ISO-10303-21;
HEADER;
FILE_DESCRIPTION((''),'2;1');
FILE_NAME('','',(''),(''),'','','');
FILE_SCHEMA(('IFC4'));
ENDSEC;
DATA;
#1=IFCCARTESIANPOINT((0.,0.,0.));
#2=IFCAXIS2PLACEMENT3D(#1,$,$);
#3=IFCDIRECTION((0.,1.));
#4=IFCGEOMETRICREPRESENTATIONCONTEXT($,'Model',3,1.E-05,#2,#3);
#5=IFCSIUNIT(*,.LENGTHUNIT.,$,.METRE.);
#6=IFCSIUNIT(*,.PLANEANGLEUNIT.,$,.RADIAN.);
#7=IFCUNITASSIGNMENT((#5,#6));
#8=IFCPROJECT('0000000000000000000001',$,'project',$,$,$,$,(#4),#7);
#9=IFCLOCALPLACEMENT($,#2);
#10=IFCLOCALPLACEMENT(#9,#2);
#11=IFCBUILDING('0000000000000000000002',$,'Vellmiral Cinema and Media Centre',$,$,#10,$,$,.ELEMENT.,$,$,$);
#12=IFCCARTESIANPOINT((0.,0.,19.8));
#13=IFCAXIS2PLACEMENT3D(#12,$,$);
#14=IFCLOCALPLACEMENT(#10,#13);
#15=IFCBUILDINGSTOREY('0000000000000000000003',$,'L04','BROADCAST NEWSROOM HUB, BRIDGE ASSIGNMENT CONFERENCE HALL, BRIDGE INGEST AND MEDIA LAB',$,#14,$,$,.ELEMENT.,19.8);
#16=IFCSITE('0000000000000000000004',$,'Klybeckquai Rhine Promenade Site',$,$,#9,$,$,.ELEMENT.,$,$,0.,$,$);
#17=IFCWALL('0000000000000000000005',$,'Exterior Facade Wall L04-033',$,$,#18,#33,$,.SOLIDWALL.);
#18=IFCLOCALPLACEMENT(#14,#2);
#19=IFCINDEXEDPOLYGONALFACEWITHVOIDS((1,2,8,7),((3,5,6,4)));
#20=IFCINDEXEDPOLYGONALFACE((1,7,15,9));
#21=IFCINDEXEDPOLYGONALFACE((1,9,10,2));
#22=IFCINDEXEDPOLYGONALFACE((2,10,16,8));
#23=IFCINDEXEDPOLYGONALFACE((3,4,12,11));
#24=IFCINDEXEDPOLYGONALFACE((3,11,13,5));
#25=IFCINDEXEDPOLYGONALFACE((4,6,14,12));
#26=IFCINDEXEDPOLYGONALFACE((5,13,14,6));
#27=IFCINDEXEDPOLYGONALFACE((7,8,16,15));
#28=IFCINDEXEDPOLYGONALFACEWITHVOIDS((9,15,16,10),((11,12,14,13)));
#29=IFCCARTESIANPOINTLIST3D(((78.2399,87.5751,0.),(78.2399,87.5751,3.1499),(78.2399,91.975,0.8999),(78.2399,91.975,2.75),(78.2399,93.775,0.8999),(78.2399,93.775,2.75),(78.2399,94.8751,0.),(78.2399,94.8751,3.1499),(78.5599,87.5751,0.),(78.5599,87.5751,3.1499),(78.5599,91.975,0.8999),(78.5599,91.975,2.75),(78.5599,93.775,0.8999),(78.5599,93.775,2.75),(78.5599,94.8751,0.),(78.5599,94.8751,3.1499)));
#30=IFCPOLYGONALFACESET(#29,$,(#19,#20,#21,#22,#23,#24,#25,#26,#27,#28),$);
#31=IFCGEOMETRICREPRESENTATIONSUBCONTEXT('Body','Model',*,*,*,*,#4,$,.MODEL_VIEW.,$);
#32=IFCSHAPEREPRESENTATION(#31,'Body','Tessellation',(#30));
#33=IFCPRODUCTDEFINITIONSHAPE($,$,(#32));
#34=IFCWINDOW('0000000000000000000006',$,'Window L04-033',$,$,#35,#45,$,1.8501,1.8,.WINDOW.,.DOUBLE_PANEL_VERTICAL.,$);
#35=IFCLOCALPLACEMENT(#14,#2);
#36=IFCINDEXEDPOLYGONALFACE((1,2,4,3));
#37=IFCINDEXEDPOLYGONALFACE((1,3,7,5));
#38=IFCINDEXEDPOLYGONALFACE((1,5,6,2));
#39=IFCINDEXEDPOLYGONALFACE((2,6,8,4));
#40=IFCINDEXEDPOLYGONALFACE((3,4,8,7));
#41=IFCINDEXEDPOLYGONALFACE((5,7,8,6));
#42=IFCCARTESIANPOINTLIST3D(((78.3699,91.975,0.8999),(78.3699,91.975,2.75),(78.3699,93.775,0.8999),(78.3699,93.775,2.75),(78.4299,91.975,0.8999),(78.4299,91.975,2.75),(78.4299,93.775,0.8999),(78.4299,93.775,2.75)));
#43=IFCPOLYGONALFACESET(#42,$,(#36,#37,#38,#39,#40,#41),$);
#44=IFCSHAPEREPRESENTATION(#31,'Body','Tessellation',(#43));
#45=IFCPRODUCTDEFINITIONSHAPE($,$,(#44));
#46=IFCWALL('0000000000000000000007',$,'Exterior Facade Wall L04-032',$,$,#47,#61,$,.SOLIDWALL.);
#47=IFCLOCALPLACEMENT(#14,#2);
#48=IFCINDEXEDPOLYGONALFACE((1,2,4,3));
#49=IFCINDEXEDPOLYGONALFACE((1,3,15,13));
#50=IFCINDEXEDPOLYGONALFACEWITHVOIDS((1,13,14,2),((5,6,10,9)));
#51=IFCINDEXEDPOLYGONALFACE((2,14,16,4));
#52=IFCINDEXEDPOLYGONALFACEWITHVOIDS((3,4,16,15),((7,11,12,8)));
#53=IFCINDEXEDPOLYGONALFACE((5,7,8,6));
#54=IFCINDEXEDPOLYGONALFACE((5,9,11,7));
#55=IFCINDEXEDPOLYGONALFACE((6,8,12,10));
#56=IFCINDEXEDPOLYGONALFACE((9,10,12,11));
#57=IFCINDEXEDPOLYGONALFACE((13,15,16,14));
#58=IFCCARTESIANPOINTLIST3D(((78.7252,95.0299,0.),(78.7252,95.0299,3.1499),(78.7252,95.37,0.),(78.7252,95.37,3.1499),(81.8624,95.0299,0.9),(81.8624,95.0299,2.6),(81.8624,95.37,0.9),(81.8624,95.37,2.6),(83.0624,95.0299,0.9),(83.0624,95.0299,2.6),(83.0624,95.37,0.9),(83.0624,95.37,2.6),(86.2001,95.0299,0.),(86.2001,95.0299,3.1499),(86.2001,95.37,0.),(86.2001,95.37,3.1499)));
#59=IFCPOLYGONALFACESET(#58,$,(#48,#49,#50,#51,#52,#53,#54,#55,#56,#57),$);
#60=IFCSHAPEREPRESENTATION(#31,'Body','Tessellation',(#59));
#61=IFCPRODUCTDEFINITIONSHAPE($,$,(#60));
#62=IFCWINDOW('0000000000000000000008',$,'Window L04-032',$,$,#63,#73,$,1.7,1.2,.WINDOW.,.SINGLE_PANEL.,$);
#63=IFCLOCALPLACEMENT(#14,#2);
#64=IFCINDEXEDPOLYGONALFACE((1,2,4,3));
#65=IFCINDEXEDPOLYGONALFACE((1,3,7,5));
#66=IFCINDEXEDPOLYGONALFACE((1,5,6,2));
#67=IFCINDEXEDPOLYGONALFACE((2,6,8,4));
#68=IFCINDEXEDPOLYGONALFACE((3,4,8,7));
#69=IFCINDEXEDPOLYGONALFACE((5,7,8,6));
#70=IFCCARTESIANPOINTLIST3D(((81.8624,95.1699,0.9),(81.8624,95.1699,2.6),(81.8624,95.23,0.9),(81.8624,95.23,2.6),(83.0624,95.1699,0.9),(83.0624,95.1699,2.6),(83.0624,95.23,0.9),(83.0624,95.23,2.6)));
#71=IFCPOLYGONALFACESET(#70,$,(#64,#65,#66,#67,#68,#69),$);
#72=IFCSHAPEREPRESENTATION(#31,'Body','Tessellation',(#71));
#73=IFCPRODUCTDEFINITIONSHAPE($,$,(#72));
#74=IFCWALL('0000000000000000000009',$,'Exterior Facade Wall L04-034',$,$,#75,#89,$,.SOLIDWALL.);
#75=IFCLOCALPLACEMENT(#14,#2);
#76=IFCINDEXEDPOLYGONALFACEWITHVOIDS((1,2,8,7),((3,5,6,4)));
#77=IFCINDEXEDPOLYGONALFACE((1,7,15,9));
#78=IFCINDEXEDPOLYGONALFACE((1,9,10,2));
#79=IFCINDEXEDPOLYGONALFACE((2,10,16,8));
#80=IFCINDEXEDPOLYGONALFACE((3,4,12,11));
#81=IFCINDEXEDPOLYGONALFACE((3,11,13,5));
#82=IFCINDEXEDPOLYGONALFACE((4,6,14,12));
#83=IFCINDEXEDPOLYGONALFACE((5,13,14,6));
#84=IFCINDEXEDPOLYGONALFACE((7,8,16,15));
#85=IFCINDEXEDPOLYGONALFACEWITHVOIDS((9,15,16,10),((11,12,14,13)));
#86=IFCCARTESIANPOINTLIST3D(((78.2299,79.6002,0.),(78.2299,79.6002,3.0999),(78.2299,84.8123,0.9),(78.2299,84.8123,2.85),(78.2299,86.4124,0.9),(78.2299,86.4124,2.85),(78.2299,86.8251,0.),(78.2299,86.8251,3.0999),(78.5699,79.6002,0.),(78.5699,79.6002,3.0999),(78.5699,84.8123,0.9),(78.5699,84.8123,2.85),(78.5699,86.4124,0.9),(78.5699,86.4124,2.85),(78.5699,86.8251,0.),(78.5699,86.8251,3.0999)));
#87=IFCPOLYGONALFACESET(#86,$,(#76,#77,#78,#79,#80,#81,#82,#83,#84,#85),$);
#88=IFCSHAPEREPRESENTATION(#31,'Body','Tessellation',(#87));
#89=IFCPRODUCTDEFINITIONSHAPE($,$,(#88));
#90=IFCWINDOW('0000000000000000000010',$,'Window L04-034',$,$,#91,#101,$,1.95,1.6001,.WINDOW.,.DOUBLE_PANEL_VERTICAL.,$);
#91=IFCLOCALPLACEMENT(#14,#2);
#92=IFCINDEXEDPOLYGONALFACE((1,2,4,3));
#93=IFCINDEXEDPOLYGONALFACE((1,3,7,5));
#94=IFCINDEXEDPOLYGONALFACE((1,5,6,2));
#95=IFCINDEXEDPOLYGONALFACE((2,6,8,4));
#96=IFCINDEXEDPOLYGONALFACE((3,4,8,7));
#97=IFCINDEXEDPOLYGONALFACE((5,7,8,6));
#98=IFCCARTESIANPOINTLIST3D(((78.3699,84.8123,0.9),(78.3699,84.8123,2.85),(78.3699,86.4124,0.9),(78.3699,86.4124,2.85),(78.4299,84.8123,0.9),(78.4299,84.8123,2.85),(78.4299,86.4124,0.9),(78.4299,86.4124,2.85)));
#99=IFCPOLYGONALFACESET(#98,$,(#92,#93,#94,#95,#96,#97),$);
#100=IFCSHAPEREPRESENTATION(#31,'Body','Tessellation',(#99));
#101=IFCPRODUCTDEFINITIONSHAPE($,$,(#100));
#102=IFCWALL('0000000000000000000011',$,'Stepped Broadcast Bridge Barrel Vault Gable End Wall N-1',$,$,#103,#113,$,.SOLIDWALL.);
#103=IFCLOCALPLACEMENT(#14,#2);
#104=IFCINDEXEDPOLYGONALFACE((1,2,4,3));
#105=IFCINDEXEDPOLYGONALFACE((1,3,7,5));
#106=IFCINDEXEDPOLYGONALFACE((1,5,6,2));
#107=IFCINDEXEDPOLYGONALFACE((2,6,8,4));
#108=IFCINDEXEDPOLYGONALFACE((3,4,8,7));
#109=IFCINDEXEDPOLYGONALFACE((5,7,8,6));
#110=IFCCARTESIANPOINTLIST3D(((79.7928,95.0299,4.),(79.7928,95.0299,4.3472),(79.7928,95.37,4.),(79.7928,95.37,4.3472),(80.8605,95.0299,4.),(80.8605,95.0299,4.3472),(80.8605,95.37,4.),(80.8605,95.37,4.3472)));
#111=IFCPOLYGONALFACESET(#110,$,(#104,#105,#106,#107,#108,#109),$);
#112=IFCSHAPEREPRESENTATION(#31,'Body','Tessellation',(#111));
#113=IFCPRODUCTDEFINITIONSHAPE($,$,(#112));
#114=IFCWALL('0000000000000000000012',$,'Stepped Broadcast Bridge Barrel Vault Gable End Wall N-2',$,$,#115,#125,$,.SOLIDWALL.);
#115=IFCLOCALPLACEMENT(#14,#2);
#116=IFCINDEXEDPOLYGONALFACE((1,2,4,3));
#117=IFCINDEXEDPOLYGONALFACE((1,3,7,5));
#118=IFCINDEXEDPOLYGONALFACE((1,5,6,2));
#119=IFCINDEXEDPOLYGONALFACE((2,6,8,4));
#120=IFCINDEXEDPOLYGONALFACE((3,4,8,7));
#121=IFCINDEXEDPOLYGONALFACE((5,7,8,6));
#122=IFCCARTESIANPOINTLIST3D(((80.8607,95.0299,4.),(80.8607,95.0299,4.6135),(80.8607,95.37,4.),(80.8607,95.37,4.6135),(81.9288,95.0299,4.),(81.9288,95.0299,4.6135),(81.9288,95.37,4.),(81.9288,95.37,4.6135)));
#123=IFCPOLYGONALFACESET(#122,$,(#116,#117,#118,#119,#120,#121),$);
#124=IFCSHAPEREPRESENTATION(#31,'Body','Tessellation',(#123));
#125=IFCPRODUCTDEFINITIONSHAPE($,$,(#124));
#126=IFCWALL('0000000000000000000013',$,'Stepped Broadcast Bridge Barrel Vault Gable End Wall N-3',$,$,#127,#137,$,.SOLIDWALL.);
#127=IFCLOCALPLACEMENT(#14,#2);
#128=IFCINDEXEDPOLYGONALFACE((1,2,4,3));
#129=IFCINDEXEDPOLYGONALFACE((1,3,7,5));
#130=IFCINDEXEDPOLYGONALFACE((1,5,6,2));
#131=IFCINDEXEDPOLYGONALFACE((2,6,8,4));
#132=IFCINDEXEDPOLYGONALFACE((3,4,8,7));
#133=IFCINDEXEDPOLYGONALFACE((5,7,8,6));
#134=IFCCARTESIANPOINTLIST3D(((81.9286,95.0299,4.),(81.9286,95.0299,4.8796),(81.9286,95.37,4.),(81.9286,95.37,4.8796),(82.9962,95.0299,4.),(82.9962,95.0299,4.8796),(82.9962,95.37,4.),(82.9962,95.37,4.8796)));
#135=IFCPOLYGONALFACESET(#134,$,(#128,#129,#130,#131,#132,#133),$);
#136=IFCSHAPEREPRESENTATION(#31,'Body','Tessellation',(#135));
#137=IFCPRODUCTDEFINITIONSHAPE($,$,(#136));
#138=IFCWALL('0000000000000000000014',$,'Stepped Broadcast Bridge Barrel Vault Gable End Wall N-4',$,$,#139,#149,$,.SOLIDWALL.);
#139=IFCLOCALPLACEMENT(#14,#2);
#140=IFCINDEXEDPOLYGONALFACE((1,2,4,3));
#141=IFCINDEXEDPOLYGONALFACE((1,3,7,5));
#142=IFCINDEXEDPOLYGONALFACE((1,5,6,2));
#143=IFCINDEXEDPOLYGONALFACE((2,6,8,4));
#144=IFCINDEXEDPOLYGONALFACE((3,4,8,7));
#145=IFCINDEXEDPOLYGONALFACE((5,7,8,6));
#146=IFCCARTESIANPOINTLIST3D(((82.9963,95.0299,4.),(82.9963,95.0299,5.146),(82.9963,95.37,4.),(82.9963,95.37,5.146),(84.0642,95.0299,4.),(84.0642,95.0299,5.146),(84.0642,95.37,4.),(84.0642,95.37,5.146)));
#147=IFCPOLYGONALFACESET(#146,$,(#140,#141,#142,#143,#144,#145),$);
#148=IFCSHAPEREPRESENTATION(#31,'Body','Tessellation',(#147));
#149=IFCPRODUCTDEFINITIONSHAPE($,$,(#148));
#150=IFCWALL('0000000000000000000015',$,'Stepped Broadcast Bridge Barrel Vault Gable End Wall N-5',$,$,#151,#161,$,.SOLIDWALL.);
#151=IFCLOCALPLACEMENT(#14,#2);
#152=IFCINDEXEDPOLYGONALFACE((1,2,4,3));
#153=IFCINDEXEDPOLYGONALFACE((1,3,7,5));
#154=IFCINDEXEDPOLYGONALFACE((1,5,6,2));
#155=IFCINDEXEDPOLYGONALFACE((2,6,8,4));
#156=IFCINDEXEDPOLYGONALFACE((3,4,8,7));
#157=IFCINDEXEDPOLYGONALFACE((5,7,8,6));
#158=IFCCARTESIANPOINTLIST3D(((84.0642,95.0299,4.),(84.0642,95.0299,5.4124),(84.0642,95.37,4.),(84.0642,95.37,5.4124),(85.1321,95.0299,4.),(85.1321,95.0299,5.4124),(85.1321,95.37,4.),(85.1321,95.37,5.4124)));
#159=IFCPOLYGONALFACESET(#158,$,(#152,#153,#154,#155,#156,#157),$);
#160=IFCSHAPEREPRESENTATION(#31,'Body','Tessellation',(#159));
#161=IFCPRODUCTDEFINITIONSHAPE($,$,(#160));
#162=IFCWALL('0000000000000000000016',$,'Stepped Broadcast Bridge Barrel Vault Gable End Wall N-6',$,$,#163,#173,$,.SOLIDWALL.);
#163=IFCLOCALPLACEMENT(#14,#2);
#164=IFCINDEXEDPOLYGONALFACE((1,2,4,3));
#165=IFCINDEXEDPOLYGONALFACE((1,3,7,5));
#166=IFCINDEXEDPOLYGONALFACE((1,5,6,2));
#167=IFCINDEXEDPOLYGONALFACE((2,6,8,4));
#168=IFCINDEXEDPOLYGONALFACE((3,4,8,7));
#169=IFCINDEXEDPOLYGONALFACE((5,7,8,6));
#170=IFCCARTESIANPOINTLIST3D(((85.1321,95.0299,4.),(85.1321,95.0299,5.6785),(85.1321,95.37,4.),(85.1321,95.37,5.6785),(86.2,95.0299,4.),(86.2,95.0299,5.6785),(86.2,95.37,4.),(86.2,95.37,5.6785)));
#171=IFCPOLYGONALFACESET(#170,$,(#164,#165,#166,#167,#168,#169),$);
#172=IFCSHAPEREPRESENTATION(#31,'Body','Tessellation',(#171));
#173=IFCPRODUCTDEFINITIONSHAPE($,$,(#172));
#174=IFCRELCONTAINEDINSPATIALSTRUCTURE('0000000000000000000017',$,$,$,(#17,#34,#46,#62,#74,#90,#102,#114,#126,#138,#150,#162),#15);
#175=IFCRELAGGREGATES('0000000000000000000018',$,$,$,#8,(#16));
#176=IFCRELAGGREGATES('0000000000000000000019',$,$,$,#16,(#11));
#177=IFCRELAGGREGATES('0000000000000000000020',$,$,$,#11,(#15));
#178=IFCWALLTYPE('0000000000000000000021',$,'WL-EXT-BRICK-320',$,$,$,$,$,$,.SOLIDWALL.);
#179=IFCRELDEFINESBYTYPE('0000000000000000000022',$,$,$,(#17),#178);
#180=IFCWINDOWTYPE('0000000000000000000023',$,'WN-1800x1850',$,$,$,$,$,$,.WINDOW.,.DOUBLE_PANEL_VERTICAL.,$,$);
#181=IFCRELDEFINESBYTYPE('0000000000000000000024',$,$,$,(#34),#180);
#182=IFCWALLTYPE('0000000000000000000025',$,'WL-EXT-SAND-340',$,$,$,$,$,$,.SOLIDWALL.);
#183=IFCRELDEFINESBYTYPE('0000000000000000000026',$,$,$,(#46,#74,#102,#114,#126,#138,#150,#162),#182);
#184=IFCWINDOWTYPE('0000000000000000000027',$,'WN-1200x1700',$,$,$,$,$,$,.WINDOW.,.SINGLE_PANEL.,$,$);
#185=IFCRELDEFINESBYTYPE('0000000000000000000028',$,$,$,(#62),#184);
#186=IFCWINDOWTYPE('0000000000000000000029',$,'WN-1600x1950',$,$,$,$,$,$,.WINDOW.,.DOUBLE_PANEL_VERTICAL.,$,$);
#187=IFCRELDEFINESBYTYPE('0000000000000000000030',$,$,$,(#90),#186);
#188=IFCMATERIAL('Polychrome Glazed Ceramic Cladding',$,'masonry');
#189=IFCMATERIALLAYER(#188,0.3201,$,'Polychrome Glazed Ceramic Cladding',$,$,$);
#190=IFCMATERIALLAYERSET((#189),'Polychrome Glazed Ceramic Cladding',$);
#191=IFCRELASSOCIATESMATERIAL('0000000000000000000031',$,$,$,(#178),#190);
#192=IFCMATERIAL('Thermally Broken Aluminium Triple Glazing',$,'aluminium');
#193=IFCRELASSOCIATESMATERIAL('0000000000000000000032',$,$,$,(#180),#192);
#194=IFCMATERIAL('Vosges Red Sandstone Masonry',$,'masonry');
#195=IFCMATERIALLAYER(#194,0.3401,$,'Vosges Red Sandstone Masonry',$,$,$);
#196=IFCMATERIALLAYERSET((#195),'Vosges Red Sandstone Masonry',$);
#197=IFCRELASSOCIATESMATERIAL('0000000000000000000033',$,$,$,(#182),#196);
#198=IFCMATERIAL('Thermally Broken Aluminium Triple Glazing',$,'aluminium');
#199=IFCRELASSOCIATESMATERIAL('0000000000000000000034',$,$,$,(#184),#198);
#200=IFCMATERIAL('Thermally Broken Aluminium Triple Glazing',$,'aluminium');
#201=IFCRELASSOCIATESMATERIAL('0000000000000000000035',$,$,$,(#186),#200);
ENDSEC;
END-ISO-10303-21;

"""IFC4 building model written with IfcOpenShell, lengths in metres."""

from ifc_helpers import new_model, si_unit, direction, frame, frame_2d, origin, place, context, subcontext, project, spatial, rectangle, extrude, material, layer, layer_set, type_object, element, fill, save


model = new_model("IFC4")

# Units and contexts
model_context = context("Model", 3, precision=1e-05, world=origin(), true_north=direction((0.0, 1.0)))
body_context = subcontext(model_context, "Body", "Model", "MODEL_VIEW")
ifc_project = project(units=[si_unit("LENGTHUNIT", "METRE"), si_unit("PLANEANGLEUNIT", "RADIAN")], contexts=[model_context])

# Site, building, storey
site_placement = place(None, origin())
site = spatial("IfcSite", under=ifc_project, at=site_placement, Name="Klybeckquai Rhine Promenade Site", CompositionType="ELEMENT", RefElevation=0.0)
building_placement = place(site_placement, origin())
building = spatial("IfcBuilding", under=site, at=building_placement, Name="Vellmiral Cinema and Media Centre", CompositionType="ELEMENT")
storey_placement = place(building_placement, frame((0.0, 0.0, 19.8)))
storey = spatial("IfcBuildingStorey", under=building, at=storey_placement, Name="L04", Description="BROADCAST NEWSROOM HUB, BRIDGE ASSIGNMENT CONFERENCE HALL, BRIDGE INGEST AND MEDIA LAB", CompositionType="ELEMENT", Elevation=19.8)

# Walls, openings, windows
ifc_material_1 = material(Name="Polychrome Glazed Ceramic Cladding", Category="masonry")
ifc_layer_1 = layer(ifc_material_1, 0.3201, Name="Polychrome Glazed Ceramic Cladding")
ifc_layer_set_1 = layer_set([ifc_layer_1], Name="Polychrome Glazed Ceramic Cladding")
wall_type_1 = type_object("IfcWallType", Name="WL-EXT-BRICK-320", PredefinedType="SOLIDWALL", material=ifc_layer_set_1)
wall_1_placement = place(storey_placement, frame((78.3999, 94.875, 0.0), z_axis=(0.0, 0.0, 1.0), x_axis=(0.0, -1.0, 0.0)))
wall_1 = element("IfcWall", 1, at=wall_1_placement, inside=storey, type_object=wall_type_1, Name="Exterior Facade Wall L04-033", PredefinedType="SOLIDWALL", context=body_context, shape_type="SweptSolid", body=[
    extrude(rectangle(XDim=7.3, YDim=0.3201, at=frame_2d((3.6499, 0.0))), origin(), (0.0, 0.0, 1.0), 3.1499),
])
opening_1_placement = place(wall_1_placement, frame((1.1001, 0.0, 0.8999)))
opening_1 = element("IfcOpeningElement", 2, at=opening_1_placement, cuts=wall_1, PredefinedType="OPENING", context=body_context, shape_type="SweptSolid", body=[
    extrude(rectangle(XDim=1.8, YDim=1.8501, at=frame_2d((0.8999, 0.925))), frame((0.0, 0.1719, 0.0), z_axis=(0.0, -1.0, 0.0), x_axis=(1.0, 0.0, 0.0)), (0.0, 0.0, 1.0), 0.344),
])
ifc_material_2 = material(Name="Thermally Broken Aluminium Triple Glazing", Category="aluminium")
window_type_1 = type_object("IfcWindowType", Name="WN-1800x1850", PartitioningType="DOUBLE_PANEL_VERTICAL", PredefinedType="WINDOW", material=ifc_material_2)
window_1_placement = place(opening_1_placement, origin())
window_1 = element("IfcWindow", 3, at=window_1_placement, inside=storey, type_object=window_type_1, Name="Window L04-033", OverallHeight=1.8501, OverallWidth=1.8, PartitioningType="DOUBLE_PANEL_VERTICAL", PredefinedType="WINDOW", context=body_context, shape_type="SweptSolid", body=[
    extrude(rectangle(XDim=1.8, YDim=1.8501, at=frame_2d((0.8999, 0.925))), frame((0.0, 0.03, 0.0), z_axis=(0.0, -1.0, 0.0), x_axis=(1.0, 0.0, 0.0)), (0.0, 0.0, 1.0), 0.0601),
])
fill(opening_1, window_1)
ifc_material_3 = material(Name="Vosges Red Sandstone Masonry", Category="masonry")
ifc_layer_2 = layer(ifc_material_3, 0.3401, Name="Vosges Red Sandstone Masonry")
ifc_layer_set_2 = layer_set([ifc_layer_2], Name="Vosges Red Sandstone Masonry")
wall_type_2 = type_object("IfcWallType", Name="WL-EXT-SAND-340", PredefinedType="SOLIDWALL", material=ifc_layer_set_2)
wall_2_placement = place(storey_placement, frame((86.2, 95.2, 0.0), z_axis=(0.0, 0.0, 1.0), x_axis=(-1.0, 0.0, 0.0)))
wall_2 = element("IfcWall", 4, at=wall_2_placement, inside=storey, type_object=wall_type_2, Name="Exterior Facade Wall L04-032", PredefinedType="SOLIDWALL", context=body_context, shape_type="SweptSolid", body=[
    extrude(rectangle(XDim=7.4749, YDim=0.3401, at=frame_2d((3.7373, 0.0))), origin(), (0.0, 0.0, 1.0), 3.1499),
])
opening_2_placement = place(wall_2_placement, frame((3.1375, 0.0, 0.8999)))
opening_2 = element("IfcOpeningElement", 5, at=opening_2_placement, cuts=wall_2, PredefinedType="OPENING", context=body_context, shape_type="SweptSolid", body=[
    extrude(rectangle(XDim=1.2, YDim=1.7, at=frame_2d((0.6001, 0.8501))), frame((0.0, 0.1821, 0.0), z_axis=(0.0, -1.0, 0.0), x_axis=(1.0, 0.0, 0.0)), (0.0, 0.0, 1.0), 0.364),
])
ifc_material_4 = material(Name="Thermally Broken Aluminium Triple Glazing", Category="aluminium")
window_type_2 = type_object("IfcWindowType", Name="WN-1200x1700", PartitioningType="SINGLE_PANEL", PredefinedType="WINDOW", material=ifc_material_4)
window_2_placement = place(opening_2_placement, origin())
window_2 = element("IfcWindow", 6, at=window_2_placement, inside=storey, type_object=window_type_2, Name="Window L04-032", OverallHeight=1.7, OverallWidth=1.2, PartitioningType="SINGLE_PANEL", PredefinedType="WINDOW", context=body_context, shape_type="SweptSolid", body=[
    extrude(rectangle(XDim=1.2, YDim=1.7, at=frame_2d((0.6001, 0.8501))), frame((0.0, 0.03, 0.0), z_axis=(0.0, -1.0, 0.0), x_axis=(1.0, 0.0, 0.0)), (0.0, 0.0, 1.0), 0.0601),
])
fill(opening_2, window_2)
wall_3_placement = place(storey_placement, frame((78.3999, 86.825, 0.0), z_axis=(0.0, 0.0, 1.0), x_axis=(0.0, -1.0, 0.0)))
wall_3 = element("IfcWall", 7, at=wall_3_placement, inside=storey, type_object=wall_type_2, Name="Exterior Facade Wall L04-034", PredefinedType="SOLIDWALL", context=body_context, shape_type="SweptSolid", body=[
    extrude(rectangle(XDim=7.2249, YDim=0.3401, at=frame_2d((3.6123, 0.0))), origin(), (0.0, 0.0, 1.0), 3.0999),
])
opening_3_placement = place(wall_3_placement, frame((0.4126, 0.0, 0.8999)))
opening_3 = element("IfcOpeningElement", 8, at=opening_3_placement, cuts=wall_3, PredefinedType="OPENING", context=body_context, shape_type="SweptSolid", body=[
    extrude(rectangle(XDim=1.6001, YDim=1.95, at=frame_2d((0.8, 0.9751))), frame((0.0, 0.1821, 0.0), z_axis=(0.0, -1.0, 0.0), x_axis=(1.0, 0.0, 0.0)), (0.0, 0.0, 1.0), 0.364),
])
ifc_material_5 = material(Name="Thermally Broken Aluminium Triple Glazing", Category="aluminium")
window_type_3 = type_object("IfcWindowType", Name="WN-1600x1950", PartitioningType="DOUBLE_PANEL_VERTICAL", PredefinedType="WINDOW", material=ifc_material_5)
window_3_placement = place(opening_3_placement, origin())
window_3 = element("IfcWindow", 9, at=window_3_placement, inside=storey, type_object=window_type_3, Name="Window L04-034", OverallHeight=1.95, OverallWidth=1.6001, PartitioningType="DOUBLE_PANEL_VERTICAL", PredefinedType="WINDOW", context=body_context, shape_type="SweptSolid", body=[
    extrude(rectangle(XDim=1.6001, YDim=1.95, at=frame_2d((0.8, 0.9751))), frame((0.0, 0.03, 0.0), z_axis=(0.0, -1.0, 0.0), x_axis=(1.0, 0.0, 0.0)), (0.0, 0.0, 1.0), 0.0601),
])
fill(opening_3, window_3)

# Walls
wall_4_placement = place(storey_placement, frame((79.793, 95.2, 4.0), z_axis=(0.0, 0.0, 1.0), x_axis=(1.0, 0.0, 0.0)))
element("IfcWall", 10, at=wall_4_placement, inside=storey, type_object=wall_type_2, Name="Stepped Broadcast Bridge Barrel Vault Gable End Wall N-1", PredefinedType="SOLIDWALL", context=body_context, shape_type="SweptSolid", body=[
    extrude(rectangle(XDim=1.0676, YDim=0.3401, at=frame_2d((0.5337, 0.0))), origin(), (0.0, 0.0, 1.0), 0.3472),
])
wall_5_placement = place(storey_placement, frame((80.8606, 95.2, 4.0), z_axis=(0.0, 0.0, 1.0), x_axis=(1.0, 0.0, 0.0)))
element("IfcWall", 11, at=wall_5_placement, inside=storey, type_object=wall_type_2, Name="Stepped Broadcast Bridge Barrel Vault Gable End Wall N-2", PredefinedType="SOLIDWALL", context=body_context, shape_type="SweptSolid", body=[
    extrude(rectangle(XDim=1.0681, YDim=0.3401, at=frame_2d((0.5342, 0.0))), origin(), (0.0, 0.0, 1.0), 0.6135),
])
wall_6_placement = place(storey_placement, frame((81.9287, 95.2, 4.0), z_axis=(0.0, 0.0, 1.0), x_axis=(1.0, 0.0, 0.0)))
element("IfcWall", 12, at=wall_6_placement, inside=storey, type_object=wall_type_2, Name="Stepped Broadcast Bridge Barrel Vault Gable End Wall N-3", PredefinedType="SOLIDWALL", context=body_context, shape_type="SweptSolid", body=[
    extrude(rectangle(XDim=1.0676, YDim=0.3401, at=frame_2d((0.5337, 0.0))), origin(), (0.0, 0.0, 1.0), 0.8796),
])
wall_7_placement = place(storey_placement, frame((82.9963, 95.2, 4.0), z_axis=(0.0, 0.0, 1.0), x_axis=(1.0, 0.0, 0.0)))
element("IfcWall", 13, at=wall_7_placement, inside=storey, type_object=wall_type_2, Name="Stepped Broadcast Bridge Barrel Vault Gable End Wall N-4", PredefinedType="SOLIDWALL", context=body_context, shape_type="SweptSolid", body=[
    extrude(rectangle(XDim=1.0679, YDim=0.3401, at=frame_2d((0.5339, 0.0))), origin(), (0.0, 0.0, 1.0), 1.146),
])
wall_8_placement = place(storey_placement, frame((84.0642, 95.2, 4.0), z_axis=(0.0, 0.0, 1.0), x_axis=(1.0, 0.0, 0.0)))
element("IfcWall", 14, at=wall_8_placement, inside=storey, type_object=wall_type_2, Name="Stepped Broadcast Bridge Barrel Vault Gable End Wall N-5", PredefinedType="SOLIDWALL", context=body_context, shape_type="SweptSolid", body=[
    extrude(rectangle(XDim=1.0679, YDim=0.3401, at=frame_2d((0.5339, 0.0))), origin(), (0.0, 0.0, 1.0), 1.4124),
])
wall_9_placement = place(storey_placement, frame((85.1321, 95.2, 4.0), z_axis=(0.0, 0.0, 1.0), x_axis=(1.0, 0.0, 0.0)))
element("IfcWall", 15, at=wall_9_placement, inside=storey, type_object=wall_type_2, Name="Stepped Broadcast Bridge Barrel Vault Gable End Wall N-6", PredefinedType="SOLIDWALL", context=body_context, shape_type="SweptSolid", body=[
    extrude(rectangle(XDim=1.0679, YDim=0.3401, at=frame_2d((0.5339, 0.0))), origin(), (0.0, 0.0, 1.0), 1.6785),
])

save(model, "model.ifc")
